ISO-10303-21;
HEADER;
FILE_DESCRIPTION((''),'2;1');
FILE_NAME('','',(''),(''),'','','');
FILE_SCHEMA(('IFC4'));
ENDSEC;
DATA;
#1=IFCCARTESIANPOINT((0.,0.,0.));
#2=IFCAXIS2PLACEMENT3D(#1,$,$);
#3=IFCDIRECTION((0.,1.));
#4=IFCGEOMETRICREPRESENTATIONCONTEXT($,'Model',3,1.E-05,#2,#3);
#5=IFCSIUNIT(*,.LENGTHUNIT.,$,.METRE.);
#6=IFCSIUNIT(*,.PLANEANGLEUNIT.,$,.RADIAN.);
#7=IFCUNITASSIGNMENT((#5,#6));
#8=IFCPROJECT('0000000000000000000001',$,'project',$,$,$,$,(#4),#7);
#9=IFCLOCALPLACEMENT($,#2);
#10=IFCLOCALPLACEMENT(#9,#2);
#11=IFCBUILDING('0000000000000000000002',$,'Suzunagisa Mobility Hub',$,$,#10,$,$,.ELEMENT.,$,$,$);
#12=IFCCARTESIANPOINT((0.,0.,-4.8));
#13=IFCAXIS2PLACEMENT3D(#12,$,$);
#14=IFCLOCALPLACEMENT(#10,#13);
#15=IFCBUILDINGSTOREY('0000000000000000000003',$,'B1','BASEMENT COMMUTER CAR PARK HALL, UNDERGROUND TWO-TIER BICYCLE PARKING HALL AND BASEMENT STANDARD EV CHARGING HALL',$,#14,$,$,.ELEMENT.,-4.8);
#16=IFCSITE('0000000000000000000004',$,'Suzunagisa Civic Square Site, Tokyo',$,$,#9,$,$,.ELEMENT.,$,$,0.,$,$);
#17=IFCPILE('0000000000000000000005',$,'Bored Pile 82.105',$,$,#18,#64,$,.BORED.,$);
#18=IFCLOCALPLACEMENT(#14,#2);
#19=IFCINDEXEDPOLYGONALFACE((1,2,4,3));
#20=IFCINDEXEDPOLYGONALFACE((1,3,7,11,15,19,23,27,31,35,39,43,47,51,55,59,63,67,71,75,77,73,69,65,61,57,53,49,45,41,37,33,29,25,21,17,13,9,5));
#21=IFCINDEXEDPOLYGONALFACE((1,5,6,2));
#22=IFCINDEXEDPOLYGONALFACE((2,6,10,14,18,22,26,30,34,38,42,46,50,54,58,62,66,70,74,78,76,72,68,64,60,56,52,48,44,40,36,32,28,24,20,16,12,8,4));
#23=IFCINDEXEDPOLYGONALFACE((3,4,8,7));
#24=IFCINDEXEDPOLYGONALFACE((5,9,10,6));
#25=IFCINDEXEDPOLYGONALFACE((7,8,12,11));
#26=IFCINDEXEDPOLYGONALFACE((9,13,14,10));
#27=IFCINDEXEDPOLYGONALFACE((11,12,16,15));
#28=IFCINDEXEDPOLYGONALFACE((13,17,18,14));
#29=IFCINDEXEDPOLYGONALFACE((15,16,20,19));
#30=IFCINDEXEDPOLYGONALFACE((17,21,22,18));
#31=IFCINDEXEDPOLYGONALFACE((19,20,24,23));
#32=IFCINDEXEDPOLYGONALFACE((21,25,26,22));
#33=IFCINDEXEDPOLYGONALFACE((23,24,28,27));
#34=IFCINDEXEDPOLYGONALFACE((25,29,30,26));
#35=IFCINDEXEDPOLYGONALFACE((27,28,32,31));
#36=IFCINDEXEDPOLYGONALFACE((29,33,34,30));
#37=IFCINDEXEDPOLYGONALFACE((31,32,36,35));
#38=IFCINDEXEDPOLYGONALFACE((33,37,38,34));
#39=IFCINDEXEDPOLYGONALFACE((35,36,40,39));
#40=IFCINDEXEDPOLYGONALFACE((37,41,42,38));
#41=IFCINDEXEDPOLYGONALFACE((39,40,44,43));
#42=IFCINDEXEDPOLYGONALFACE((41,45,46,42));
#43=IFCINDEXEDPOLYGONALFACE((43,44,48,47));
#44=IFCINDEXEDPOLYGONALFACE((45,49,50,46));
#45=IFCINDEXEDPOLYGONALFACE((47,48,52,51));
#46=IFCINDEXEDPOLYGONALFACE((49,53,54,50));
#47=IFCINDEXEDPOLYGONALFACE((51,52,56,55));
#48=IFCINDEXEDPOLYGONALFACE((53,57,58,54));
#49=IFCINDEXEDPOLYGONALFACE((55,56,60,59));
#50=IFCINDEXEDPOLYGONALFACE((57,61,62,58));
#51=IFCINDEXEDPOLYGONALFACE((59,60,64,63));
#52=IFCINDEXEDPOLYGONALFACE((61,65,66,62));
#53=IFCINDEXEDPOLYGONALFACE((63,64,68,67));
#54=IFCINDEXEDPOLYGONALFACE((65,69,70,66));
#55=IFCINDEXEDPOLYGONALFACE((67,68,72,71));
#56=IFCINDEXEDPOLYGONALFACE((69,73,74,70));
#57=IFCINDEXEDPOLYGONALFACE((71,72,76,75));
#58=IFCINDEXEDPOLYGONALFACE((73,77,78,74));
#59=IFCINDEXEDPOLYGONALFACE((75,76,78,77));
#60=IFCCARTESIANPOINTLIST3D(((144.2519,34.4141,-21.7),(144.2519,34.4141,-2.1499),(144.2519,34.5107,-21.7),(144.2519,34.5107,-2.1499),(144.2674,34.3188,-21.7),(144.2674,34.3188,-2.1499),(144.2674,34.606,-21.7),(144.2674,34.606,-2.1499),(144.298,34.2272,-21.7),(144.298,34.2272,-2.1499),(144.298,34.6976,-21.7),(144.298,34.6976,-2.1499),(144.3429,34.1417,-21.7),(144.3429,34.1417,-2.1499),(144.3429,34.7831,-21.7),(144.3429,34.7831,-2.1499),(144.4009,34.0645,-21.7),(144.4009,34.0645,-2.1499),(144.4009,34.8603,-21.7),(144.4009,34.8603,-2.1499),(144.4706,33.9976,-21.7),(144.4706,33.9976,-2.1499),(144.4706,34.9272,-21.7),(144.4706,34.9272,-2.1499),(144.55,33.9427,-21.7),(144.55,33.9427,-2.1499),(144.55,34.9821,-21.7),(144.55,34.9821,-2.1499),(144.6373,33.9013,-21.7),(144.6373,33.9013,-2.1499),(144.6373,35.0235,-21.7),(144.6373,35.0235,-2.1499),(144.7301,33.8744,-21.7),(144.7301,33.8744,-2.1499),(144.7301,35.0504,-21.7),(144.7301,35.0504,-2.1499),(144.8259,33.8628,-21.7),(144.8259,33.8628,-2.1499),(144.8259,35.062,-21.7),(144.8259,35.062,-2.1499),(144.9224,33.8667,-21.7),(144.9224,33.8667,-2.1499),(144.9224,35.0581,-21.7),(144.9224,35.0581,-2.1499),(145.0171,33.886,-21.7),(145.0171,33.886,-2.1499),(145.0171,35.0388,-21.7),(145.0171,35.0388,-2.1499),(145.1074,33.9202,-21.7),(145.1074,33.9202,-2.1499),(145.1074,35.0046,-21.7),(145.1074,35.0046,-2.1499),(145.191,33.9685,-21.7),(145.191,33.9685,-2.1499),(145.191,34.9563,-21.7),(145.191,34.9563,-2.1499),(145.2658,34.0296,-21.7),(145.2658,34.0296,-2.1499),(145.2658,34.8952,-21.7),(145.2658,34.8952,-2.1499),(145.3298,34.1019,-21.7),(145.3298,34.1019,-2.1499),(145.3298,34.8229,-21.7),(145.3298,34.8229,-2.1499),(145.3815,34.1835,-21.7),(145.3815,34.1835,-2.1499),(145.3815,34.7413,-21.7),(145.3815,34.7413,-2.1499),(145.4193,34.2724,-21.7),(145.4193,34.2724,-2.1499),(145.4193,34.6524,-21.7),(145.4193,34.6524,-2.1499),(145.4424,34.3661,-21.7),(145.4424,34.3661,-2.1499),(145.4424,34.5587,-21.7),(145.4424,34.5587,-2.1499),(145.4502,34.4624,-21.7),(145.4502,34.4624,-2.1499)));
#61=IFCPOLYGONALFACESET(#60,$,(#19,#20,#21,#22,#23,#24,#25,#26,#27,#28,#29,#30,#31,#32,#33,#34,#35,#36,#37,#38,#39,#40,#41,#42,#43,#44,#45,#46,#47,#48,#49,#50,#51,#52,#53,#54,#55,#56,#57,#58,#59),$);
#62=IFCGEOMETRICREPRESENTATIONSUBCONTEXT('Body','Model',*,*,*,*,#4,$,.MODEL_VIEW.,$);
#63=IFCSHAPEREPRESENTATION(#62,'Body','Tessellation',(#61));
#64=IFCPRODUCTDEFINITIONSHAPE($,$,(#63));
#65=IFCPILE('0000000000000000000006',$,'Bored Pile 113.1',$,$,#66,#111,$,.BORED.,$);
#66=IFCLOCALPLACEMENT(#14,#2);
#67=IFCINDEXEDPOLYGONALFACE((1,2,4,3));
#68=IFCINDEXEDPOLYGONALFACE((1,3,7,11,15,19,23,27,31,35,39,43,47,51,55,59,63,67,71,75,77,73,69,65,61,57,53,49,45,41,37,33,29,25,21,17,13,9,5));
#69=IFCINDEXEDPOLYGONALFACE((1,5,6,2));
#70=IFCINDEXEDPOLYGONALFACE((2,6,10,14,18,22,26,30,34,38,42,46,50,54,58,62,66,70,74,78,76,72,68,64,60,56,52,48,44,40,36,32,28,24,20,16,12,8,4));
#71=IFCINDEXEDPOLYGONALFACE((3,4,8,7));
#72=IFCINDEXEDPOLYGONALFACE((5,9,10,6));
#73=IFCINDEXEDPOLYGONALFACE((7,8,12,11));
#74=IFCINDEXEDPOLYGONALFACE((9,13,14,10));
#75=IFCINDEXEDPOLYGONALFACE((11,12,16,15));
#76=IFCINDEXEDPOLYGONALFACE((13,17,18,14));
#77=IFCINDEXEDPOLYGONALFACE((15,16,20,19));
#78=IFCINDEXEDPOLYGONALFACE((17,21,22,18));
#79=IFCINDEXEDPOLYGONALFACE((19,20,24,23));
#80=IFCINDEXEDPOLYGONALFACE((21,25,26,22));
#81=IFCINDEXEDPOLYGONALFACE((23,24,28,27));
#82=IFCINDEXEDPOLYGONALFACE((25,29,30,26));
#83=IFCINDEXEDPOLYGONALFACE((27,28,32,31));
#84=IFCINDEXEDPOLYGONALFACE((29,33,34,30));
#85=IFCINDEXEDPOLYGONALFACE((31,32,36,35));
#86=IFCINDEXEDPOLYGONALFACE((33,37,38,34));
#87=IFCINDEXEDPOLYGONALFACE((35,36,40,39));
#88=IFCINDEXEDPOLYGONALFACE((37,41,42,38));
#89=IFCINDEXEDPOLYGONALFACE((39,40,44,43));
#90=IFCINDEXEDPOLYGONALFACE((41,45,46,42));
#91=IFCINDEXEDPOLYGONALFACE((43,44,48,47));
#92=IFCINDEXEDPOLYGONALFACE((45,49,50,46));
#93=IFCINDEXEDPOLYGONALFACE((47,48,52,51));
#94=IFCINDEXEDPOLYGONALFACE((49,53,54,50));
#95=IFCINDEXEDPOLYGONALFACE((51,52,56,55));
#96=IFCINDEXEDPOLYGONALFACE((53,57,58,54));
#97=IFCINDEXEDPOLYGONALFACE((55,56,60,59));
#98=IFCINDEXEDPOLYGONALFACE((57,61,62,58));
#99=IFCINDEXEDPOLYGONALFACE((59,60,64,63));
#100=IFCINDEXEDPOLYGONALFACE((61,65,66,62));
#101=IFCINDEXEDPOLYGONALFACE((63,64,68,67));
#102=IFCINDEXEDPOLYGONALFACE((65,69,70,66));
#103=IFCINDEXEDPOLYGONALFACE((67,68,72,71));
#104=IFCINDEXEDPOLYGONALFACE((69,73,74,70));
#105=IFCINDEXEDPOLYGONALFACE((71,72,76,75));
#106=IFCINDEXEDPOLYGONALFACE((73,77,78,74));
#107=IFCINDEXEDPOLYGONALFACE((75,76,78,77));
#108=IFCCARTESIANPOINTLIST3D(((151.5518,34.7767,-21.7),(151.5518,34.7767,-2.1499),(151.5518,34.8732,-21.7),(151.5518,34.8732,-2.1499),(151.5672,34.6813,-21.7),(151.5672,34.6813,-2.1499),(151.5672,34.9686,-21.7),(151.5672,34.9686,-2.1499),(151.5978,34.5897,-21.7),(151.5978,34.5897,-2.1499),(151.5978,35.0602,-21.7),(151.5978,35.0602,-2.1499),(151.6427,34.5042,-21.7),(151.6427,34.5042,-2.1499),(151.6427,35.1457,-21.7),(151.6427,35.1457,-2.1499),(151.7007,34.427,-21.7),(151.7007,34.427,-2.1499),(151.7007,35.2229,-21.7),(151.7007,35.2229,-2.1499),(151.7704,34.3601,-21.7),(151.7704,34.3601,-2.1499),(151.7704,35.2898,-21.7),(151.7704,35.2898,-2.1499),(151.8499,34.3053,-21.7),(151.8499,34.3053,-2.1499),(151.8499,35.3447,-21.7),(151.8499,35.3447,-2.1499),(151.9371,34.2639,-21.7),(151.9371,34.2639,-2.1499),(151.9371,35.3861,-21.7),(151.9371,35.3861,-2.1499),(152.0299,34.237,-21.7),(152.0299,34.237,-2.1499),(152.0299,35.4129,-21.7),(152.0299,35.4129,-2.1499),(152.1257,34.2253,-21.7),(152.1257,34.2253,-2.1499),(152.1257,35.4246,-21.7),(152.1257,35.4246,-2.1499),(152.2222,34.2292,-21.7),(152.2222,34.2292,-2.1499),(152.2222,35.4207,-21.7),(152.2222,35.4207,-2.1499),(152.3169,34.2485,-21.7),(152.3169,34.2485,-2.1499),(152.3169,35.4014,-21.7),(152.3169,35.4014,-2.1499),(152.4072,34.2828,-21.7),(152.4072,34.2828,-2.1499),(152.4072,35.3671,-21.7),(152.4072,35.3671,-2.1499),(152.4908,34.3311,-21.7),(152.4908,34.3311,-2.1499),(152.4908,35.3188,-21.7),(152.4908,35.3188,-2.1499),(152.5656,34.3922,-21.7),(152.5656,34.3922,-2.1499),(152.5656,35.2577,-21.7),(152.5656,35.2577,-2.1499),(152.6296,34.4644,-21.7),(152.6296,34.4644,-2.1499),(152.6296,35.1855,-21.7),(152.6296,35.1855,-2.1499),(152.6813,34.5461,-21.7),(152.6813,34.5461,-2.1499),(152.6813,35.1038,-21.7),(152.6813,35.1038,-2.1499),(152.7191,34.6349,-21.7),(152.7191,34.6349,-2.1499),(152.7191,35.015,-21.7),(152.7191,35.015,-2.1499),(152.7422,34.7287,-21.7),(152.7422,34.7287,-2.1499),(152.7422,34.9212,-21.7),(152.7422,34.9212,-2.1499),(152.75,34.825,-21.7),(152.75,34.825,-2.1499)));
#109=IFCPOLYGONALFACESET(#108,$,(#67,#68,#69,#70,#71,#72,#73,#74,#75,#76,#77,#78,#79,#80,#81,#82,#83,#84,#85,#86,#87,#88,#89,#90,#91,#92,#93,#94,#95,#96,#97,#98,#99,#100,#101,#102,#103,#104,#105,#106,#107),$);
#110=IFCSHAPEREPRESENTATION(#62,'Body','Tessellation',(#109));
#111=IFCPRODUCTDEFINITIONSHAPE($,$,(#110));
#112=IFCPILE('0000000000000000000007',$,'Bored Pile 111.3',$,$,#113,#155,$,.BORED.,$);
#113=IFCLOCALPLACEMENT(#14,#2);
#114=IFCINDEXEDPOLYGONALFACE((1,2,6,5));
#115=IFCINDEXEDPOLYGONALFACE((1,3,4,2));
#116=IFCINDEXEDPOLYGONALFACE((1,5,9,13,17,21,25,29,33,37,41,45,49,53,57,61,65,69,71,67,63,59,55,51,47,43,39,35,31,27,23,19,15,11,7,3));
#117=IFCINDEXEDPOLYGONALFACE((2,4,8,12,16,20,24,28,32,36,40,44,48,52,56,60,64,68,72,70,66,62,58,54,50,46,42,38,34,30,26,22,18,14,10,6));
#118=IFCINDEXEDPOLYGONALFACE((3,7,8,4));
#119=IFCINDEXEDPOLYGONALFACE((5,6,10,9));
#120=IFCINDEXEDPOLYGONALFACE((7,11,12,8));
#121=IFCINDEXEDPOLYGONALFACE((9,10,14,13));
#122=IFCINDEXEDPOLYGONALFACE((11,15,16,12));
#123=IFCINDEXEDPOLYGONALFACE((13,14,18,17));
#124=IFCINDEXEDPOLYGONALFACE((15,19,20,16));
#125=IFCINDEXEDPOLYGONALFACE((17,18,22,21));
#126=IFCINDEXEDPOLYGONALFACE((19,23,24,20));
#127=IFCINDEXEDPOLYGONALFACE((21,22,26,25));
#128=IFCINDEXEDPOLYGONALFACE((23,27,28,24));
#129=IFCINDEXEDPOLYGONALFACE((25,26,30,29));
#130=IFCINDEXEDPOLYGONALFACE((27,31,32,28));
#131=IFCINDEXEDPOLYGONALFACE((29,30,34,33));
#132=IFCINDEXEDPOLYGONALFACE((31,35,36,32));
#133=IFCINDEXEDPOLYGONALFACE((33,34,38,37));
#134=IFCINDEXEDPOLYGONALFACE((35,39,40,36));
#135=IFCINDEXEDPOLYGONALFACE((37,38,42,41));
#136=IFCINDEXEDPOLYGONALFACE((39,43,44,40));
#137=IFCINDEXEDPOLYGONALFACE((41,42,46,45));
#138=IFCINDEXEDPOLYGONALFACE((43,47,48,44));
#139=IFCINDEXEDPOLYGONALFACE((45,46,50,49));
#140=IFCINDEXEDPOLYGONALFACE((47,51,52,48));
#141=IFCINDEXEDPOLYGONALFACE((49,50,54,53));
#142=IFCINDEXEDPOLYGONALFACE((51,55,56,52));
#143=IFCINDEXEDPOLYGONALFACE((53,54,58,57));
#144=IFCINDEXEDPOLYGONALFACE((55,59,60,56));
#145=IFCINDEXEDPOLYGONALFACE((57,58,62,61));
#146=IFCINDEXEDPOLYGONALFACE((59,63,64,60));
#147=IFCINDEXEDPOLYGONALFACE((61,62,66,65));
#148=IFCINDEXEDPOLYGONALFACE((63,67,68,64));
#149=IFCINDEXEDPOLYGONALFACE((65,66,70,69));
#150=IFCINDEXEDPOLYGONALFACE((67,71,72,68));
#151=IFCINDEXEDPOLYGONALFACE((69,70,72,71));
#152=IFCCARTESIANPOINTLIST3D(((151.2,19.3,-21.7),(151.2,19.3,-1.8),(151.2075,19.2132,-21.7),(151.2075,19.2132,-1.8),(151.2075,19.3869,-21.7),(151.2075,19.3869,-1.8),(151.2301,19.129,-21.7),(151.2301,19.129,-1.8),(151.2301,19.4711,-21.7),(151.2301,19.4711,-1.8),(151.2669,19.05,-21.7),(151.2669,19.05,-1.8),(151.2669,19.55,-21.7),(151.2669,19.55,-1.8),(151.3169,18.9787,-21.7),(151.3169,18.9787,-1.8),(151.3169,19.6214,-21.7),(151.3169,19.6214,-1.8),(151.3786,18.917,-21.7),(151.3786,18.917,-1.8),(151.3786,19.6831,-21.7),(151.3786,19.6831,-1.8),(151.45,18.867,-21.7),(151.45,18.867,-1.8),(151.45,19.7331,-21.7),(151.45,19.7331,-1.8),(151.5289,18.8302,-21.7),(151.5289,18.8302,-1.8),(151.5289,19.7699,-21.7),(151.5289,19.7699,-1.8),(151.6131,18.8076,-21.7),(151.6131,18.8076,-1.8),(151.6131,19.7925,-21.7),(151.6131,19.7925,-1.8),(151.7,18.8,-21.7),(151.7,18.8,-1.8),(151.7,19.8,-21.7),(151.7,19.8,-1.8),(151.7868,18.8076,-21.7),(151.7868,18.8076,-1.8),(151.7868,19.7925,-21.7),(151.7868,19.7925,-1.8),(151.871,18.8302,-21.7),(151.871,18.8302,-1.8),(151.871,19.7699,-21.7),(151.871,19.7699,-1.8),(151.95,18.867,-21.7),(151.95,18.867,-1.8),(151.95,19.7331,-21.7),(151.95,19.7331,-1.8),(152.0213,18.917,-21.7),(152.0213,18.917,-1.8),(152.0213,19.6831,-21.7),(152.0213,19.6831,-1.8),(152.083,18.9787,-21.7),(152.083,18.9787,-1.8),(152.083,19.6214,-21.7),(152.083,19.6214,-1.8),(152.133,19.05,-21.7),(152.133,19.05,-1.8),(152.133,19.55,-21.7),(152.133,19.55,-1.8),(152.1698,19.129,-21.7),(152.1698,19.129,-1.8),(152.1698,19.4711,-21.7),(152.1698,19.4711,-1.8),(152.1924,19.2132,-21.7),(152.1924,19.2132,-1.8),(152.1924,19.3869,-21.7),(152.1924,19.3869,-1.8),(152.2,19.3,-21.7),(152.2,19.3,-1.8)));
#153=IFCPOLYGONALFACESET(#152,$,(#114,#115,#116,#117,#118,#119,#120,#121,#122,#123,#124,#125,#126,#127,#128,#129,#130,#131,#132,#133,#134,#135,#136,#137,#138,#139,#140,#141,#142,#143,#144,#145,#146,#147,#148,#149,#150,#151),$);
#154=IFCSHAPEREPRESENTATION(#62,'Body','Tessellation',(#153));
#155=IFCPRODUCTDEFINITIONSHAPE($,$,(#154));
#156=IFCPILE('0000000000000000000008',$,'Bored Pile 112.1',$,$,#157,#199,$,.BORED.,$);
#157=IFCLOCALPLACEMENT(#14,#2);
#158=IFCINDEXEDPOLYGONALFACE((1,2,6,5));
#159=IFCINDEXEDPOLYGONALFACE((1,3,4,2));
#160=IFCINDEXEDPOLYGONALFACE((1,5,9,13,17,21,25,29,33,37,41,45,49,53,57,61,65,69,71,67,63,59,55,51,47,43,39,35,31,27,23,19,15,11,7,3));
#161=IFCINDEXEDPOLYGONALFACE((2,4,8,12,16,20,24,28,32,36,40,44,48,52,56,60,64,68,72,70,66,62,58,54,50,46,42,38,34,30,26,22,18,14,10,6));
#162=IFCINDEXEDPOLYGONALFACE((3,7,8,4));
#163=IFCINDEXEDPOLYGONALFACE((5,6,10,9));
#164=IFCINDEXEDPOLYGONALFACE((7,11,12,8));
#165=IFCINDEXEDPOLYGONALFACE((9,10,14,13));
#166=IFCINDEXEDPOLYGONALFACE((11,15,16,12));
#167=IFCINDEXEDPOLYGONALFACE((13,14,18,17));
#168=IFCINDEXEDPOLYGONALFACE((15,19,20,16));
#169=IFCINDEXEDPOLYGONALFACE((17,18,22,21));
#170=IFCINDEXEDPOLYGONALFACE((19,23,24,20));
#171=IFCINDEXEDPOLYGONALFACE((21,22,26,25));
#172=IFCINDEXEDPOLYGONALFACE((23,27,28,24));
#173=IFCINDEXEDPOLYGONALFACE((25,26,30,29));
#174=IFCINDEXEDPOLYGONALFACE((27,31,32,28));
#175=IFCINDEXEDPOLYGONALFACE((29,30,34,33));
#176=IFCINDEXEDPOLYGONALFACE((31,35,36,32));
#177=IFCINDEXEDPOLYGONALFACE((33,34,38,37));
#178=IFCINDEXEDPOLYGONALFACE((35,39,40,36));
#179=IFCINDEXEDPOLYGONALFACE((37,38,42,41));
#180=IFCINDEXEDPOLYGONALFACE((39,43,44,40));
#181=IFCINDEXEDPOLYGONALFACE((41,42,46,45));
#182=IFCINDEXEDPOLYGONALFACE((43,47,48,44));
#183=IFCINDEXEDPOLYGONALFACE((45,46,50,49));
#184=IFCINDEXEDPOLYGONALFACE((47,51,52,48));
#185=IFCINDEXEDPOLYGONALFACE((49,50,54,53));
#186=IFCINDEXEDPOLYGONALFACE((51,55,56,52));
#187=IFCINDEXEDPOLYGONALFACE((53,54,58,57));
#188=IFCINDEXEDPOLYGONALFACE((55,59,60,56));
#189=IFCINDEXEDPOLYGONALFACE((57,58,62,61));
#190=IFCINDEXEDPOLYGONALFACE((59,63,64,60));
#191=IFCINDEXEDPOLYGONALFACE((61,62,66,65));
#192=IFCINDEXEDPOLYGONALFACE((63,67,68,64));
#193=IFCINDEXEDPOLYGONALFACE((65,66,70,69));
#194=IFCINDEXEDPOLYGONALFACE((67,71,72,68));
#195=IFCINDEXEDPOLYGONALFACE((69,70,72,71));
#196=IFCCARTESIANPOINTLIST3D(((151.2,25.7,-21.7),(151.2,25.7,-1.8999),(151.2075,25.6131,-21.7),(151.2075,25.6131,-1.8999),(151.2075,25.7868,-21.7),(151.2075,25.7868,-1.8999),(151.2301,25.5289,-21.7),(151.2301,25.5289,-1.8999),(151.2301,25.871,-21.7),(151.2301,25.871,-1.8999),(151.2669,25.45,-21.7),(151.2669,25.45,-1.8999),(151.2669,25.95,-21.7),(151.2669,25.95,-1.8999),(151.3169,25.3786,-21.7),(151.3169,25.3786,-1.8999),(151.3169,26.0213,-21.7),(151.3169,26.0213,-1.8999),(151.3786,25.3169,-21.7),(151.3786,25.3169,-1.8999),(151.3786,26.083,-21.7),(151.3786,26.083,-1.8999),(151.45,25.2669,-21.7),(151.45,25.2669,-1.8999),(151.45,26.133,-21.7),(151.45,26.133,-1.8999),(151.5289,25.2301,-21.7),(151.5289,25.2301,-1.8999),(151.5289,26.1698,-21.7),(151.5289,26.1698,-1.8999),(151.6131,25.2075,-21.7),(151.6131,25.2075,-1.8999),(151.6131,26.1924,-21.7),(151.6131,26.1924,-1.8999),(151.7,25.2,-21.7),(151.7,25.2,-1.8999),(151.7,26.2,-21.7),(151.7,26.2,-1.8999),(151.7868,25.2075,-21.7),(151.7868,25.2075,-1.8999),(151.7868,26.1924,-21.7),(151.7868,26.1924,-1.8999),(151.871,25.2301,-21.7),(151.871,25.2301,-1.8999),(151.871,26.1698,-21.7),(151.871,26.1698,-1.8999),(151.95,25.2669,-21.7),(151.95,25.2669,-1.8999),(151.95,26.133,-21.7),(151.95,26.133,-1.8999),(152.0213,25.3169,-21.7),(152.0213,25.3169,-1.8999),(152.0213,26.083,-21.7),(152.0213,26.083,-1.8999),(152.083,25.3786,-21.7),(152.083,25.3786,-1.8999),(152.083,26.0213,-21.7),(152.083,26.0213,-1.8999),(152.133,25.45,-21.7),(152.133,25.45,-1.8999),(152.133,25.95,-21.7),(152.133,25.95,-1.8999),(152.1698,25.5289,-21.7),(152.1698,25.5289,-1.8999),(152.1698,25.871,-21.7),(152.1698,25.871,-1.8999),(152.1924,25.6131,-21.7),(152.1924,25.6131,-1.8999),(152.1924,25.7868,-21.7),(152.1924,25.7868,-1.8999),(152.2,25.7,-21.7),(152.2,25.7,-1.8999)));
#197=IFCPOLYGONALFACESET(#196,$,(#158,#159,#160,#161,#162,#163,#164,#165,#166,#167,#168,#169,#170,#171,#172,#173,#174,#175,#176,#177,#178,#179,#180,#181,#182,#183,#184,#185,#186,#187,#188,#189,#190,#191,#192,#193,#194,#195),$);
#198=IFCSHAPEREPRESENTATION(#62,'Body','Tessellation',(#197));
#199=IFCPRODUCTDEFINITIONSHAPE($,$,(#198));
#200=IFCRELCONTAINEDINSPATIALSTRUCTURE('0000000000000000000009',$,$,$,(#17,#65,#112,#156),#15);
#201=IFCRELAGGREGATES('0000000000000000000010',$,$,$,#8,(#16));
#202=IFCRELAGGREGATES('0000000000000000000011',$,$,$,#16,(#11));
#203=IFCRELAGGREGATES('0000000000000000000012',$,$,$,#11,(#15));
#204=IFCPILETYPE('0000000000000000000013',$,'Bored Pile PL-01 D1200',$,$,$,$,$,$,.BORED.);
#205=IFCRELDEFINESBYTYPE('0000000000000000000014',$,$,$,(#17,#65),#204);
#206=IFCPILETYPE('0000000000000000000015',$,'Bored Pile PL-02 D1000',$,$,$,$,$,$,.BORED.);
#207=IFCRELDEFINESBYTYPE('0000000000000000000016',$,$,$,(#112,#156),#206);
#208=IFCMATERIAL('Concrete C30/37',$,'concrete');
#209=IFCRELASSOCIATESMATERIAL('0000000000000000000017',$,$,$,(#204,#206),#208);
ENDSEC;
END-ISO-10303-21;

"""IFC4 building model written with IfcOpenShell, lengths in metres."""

from ifc_helpers import new_model, si_unit, direction, frame, origin, origin_2d, place, context, subcontext, project, spatial, circle, extrude, material, material_profile, profile_set, type_object, element, save


model = new_model("IFC4")

# Units and contexts
model_context = context("Model", 3, precision=1e-05, world=origin(), true_north=direction((0.0, 1.0)))
body_context = subcontext(model_context, "Body", "Model", "MODEL_VIEW")
ifc_project = project(units=[si_unit("LENGTHUNIT", "METRE"), si_unit("PLANEANGLEUNIT", "RADIAN")], contexts=[model_context])

# Site, building, storey
site_placement = place(None, origin())
site = spatial("IfcSite", under=ifc_project, at=site_placement, Name="Suzunagisa Civic Square Site, Tokyo", CompositionType="ELEMENT", RefElevation=0.0)
building_placement = place(site_placement, origin())
building = spatial("IfcBuilding", under=site, at=building_placement, Name="Suzunagisa Mobility Hub", CompositionType="ELEMENT")
storey_placement = place(building_placement, frame((0.0, 0.0, -4.8)))
storey = spatial("IfcBuildingStorey", under=building, at=storey_placement, Name="B1", Description="BASEMENT COMMUTER CAR PARK HALL, UNDERGROUND TWO-TIER BICYCLE PARKING HALL AND BASEMENT STANDARD EV CHARGING HALL", CompositionType="ELEMENT", Elevation=-4.8)

# Piles
ifc_material_1 = material(Name="Concrete C30/37", Category="concrete")
ifc_material_profile_1 = material_profile(ifc_material_1, circle(Radius=0.6001, at=origin_2d()), Name="BORED PILE D1200")
ifc_profile_set_1 = profile_set([ifc_material_profile_1], Name="Concrete C30/37")
pile_type_1 = type_object("IfcPileType", Name="Bored Pile PL-01 D1200", PredefinedType="BORED", material=ifc_profile_set_1)
for number, where, z_axis, x_axis, name in (
    (1, (144.8501, 34.4624, -2.1499), (0.0, 0.0, -1.0), (1.0, 0.0, 0.0), "Bored Pile 82.105"),
    (2, (152.1499, 34.825, -2.1499), (0.0, 0.0, -1.0), (1.0, 0.0, 0.0), "Bored Pile 113.1"),
):
    element("IfcPile", number, at=place(storey_placement, frame(where, z_axis=z_axis, x_axis=x_axis)), inside=storey, type_object=pile_type_1, Name=name, PredefinedType="BORED", context=body_context, shape_type="SweptSolid", body=[
        extrude(circle(Radius=0.6001, at=origin_2d()), origin(), (0.0, 0.0, 1.0), 19.55),
    ])
ifc_material_profile_2 = material_profile(ifc_material_1, circle(Radius=0.5, at=origin_2d()), Name="BORED PILE D1000")
ifc_profile_set_2 = profile_set([ifc_material_profile_2], Name="Concrete C30/37")
pile_type_2 = type_object("IfcPileType", Name="Bored Pile PL-02 D1000", PredefinedType="BORED", material=ifc_profile_set_2)
pile_placement = place(storey_placement, frame((151.7, 19.3, -1.8), z_axis=(0.0, 0.0, -1.0), x_axis=(1.0, 0.0, 0.0)))
element("IfcPile", 3, at=pile_placement, inside=storey, type_object=pile_type_2, Name="Bored Pile 111.3", PredefinedType="BORED", context=body_context, shape_type="SweptSolid", body=[
    extrude(circle(Radius=0.5, at=origin_2d()), origin(), (0.0, 0.0, 1.0), 19.8999),
])
for number, where, z_axis, x_axis, name in (
    (4, (151.7, 25.7, -1.8999), (0.0, 0.0, -1.0), (1.0, 0.0, 0.0), "Bored Pile 112.1"),
):
    element("IfcPile", number, at=place(storey_placement, frame(where, z_axis=z_axis, x_axis=x_axis)), inside=storey, type_object=pile_type_2, Name=name, PredefinedType="BORED", context=body_context, shape_type="SweptSolid", body=[
        extrude(circle(Radius=0.5, at=origin_2d()), origin(), (0.0, 0.0, 1.0), 19.8),
    ])

save(model, "model.ifc")
